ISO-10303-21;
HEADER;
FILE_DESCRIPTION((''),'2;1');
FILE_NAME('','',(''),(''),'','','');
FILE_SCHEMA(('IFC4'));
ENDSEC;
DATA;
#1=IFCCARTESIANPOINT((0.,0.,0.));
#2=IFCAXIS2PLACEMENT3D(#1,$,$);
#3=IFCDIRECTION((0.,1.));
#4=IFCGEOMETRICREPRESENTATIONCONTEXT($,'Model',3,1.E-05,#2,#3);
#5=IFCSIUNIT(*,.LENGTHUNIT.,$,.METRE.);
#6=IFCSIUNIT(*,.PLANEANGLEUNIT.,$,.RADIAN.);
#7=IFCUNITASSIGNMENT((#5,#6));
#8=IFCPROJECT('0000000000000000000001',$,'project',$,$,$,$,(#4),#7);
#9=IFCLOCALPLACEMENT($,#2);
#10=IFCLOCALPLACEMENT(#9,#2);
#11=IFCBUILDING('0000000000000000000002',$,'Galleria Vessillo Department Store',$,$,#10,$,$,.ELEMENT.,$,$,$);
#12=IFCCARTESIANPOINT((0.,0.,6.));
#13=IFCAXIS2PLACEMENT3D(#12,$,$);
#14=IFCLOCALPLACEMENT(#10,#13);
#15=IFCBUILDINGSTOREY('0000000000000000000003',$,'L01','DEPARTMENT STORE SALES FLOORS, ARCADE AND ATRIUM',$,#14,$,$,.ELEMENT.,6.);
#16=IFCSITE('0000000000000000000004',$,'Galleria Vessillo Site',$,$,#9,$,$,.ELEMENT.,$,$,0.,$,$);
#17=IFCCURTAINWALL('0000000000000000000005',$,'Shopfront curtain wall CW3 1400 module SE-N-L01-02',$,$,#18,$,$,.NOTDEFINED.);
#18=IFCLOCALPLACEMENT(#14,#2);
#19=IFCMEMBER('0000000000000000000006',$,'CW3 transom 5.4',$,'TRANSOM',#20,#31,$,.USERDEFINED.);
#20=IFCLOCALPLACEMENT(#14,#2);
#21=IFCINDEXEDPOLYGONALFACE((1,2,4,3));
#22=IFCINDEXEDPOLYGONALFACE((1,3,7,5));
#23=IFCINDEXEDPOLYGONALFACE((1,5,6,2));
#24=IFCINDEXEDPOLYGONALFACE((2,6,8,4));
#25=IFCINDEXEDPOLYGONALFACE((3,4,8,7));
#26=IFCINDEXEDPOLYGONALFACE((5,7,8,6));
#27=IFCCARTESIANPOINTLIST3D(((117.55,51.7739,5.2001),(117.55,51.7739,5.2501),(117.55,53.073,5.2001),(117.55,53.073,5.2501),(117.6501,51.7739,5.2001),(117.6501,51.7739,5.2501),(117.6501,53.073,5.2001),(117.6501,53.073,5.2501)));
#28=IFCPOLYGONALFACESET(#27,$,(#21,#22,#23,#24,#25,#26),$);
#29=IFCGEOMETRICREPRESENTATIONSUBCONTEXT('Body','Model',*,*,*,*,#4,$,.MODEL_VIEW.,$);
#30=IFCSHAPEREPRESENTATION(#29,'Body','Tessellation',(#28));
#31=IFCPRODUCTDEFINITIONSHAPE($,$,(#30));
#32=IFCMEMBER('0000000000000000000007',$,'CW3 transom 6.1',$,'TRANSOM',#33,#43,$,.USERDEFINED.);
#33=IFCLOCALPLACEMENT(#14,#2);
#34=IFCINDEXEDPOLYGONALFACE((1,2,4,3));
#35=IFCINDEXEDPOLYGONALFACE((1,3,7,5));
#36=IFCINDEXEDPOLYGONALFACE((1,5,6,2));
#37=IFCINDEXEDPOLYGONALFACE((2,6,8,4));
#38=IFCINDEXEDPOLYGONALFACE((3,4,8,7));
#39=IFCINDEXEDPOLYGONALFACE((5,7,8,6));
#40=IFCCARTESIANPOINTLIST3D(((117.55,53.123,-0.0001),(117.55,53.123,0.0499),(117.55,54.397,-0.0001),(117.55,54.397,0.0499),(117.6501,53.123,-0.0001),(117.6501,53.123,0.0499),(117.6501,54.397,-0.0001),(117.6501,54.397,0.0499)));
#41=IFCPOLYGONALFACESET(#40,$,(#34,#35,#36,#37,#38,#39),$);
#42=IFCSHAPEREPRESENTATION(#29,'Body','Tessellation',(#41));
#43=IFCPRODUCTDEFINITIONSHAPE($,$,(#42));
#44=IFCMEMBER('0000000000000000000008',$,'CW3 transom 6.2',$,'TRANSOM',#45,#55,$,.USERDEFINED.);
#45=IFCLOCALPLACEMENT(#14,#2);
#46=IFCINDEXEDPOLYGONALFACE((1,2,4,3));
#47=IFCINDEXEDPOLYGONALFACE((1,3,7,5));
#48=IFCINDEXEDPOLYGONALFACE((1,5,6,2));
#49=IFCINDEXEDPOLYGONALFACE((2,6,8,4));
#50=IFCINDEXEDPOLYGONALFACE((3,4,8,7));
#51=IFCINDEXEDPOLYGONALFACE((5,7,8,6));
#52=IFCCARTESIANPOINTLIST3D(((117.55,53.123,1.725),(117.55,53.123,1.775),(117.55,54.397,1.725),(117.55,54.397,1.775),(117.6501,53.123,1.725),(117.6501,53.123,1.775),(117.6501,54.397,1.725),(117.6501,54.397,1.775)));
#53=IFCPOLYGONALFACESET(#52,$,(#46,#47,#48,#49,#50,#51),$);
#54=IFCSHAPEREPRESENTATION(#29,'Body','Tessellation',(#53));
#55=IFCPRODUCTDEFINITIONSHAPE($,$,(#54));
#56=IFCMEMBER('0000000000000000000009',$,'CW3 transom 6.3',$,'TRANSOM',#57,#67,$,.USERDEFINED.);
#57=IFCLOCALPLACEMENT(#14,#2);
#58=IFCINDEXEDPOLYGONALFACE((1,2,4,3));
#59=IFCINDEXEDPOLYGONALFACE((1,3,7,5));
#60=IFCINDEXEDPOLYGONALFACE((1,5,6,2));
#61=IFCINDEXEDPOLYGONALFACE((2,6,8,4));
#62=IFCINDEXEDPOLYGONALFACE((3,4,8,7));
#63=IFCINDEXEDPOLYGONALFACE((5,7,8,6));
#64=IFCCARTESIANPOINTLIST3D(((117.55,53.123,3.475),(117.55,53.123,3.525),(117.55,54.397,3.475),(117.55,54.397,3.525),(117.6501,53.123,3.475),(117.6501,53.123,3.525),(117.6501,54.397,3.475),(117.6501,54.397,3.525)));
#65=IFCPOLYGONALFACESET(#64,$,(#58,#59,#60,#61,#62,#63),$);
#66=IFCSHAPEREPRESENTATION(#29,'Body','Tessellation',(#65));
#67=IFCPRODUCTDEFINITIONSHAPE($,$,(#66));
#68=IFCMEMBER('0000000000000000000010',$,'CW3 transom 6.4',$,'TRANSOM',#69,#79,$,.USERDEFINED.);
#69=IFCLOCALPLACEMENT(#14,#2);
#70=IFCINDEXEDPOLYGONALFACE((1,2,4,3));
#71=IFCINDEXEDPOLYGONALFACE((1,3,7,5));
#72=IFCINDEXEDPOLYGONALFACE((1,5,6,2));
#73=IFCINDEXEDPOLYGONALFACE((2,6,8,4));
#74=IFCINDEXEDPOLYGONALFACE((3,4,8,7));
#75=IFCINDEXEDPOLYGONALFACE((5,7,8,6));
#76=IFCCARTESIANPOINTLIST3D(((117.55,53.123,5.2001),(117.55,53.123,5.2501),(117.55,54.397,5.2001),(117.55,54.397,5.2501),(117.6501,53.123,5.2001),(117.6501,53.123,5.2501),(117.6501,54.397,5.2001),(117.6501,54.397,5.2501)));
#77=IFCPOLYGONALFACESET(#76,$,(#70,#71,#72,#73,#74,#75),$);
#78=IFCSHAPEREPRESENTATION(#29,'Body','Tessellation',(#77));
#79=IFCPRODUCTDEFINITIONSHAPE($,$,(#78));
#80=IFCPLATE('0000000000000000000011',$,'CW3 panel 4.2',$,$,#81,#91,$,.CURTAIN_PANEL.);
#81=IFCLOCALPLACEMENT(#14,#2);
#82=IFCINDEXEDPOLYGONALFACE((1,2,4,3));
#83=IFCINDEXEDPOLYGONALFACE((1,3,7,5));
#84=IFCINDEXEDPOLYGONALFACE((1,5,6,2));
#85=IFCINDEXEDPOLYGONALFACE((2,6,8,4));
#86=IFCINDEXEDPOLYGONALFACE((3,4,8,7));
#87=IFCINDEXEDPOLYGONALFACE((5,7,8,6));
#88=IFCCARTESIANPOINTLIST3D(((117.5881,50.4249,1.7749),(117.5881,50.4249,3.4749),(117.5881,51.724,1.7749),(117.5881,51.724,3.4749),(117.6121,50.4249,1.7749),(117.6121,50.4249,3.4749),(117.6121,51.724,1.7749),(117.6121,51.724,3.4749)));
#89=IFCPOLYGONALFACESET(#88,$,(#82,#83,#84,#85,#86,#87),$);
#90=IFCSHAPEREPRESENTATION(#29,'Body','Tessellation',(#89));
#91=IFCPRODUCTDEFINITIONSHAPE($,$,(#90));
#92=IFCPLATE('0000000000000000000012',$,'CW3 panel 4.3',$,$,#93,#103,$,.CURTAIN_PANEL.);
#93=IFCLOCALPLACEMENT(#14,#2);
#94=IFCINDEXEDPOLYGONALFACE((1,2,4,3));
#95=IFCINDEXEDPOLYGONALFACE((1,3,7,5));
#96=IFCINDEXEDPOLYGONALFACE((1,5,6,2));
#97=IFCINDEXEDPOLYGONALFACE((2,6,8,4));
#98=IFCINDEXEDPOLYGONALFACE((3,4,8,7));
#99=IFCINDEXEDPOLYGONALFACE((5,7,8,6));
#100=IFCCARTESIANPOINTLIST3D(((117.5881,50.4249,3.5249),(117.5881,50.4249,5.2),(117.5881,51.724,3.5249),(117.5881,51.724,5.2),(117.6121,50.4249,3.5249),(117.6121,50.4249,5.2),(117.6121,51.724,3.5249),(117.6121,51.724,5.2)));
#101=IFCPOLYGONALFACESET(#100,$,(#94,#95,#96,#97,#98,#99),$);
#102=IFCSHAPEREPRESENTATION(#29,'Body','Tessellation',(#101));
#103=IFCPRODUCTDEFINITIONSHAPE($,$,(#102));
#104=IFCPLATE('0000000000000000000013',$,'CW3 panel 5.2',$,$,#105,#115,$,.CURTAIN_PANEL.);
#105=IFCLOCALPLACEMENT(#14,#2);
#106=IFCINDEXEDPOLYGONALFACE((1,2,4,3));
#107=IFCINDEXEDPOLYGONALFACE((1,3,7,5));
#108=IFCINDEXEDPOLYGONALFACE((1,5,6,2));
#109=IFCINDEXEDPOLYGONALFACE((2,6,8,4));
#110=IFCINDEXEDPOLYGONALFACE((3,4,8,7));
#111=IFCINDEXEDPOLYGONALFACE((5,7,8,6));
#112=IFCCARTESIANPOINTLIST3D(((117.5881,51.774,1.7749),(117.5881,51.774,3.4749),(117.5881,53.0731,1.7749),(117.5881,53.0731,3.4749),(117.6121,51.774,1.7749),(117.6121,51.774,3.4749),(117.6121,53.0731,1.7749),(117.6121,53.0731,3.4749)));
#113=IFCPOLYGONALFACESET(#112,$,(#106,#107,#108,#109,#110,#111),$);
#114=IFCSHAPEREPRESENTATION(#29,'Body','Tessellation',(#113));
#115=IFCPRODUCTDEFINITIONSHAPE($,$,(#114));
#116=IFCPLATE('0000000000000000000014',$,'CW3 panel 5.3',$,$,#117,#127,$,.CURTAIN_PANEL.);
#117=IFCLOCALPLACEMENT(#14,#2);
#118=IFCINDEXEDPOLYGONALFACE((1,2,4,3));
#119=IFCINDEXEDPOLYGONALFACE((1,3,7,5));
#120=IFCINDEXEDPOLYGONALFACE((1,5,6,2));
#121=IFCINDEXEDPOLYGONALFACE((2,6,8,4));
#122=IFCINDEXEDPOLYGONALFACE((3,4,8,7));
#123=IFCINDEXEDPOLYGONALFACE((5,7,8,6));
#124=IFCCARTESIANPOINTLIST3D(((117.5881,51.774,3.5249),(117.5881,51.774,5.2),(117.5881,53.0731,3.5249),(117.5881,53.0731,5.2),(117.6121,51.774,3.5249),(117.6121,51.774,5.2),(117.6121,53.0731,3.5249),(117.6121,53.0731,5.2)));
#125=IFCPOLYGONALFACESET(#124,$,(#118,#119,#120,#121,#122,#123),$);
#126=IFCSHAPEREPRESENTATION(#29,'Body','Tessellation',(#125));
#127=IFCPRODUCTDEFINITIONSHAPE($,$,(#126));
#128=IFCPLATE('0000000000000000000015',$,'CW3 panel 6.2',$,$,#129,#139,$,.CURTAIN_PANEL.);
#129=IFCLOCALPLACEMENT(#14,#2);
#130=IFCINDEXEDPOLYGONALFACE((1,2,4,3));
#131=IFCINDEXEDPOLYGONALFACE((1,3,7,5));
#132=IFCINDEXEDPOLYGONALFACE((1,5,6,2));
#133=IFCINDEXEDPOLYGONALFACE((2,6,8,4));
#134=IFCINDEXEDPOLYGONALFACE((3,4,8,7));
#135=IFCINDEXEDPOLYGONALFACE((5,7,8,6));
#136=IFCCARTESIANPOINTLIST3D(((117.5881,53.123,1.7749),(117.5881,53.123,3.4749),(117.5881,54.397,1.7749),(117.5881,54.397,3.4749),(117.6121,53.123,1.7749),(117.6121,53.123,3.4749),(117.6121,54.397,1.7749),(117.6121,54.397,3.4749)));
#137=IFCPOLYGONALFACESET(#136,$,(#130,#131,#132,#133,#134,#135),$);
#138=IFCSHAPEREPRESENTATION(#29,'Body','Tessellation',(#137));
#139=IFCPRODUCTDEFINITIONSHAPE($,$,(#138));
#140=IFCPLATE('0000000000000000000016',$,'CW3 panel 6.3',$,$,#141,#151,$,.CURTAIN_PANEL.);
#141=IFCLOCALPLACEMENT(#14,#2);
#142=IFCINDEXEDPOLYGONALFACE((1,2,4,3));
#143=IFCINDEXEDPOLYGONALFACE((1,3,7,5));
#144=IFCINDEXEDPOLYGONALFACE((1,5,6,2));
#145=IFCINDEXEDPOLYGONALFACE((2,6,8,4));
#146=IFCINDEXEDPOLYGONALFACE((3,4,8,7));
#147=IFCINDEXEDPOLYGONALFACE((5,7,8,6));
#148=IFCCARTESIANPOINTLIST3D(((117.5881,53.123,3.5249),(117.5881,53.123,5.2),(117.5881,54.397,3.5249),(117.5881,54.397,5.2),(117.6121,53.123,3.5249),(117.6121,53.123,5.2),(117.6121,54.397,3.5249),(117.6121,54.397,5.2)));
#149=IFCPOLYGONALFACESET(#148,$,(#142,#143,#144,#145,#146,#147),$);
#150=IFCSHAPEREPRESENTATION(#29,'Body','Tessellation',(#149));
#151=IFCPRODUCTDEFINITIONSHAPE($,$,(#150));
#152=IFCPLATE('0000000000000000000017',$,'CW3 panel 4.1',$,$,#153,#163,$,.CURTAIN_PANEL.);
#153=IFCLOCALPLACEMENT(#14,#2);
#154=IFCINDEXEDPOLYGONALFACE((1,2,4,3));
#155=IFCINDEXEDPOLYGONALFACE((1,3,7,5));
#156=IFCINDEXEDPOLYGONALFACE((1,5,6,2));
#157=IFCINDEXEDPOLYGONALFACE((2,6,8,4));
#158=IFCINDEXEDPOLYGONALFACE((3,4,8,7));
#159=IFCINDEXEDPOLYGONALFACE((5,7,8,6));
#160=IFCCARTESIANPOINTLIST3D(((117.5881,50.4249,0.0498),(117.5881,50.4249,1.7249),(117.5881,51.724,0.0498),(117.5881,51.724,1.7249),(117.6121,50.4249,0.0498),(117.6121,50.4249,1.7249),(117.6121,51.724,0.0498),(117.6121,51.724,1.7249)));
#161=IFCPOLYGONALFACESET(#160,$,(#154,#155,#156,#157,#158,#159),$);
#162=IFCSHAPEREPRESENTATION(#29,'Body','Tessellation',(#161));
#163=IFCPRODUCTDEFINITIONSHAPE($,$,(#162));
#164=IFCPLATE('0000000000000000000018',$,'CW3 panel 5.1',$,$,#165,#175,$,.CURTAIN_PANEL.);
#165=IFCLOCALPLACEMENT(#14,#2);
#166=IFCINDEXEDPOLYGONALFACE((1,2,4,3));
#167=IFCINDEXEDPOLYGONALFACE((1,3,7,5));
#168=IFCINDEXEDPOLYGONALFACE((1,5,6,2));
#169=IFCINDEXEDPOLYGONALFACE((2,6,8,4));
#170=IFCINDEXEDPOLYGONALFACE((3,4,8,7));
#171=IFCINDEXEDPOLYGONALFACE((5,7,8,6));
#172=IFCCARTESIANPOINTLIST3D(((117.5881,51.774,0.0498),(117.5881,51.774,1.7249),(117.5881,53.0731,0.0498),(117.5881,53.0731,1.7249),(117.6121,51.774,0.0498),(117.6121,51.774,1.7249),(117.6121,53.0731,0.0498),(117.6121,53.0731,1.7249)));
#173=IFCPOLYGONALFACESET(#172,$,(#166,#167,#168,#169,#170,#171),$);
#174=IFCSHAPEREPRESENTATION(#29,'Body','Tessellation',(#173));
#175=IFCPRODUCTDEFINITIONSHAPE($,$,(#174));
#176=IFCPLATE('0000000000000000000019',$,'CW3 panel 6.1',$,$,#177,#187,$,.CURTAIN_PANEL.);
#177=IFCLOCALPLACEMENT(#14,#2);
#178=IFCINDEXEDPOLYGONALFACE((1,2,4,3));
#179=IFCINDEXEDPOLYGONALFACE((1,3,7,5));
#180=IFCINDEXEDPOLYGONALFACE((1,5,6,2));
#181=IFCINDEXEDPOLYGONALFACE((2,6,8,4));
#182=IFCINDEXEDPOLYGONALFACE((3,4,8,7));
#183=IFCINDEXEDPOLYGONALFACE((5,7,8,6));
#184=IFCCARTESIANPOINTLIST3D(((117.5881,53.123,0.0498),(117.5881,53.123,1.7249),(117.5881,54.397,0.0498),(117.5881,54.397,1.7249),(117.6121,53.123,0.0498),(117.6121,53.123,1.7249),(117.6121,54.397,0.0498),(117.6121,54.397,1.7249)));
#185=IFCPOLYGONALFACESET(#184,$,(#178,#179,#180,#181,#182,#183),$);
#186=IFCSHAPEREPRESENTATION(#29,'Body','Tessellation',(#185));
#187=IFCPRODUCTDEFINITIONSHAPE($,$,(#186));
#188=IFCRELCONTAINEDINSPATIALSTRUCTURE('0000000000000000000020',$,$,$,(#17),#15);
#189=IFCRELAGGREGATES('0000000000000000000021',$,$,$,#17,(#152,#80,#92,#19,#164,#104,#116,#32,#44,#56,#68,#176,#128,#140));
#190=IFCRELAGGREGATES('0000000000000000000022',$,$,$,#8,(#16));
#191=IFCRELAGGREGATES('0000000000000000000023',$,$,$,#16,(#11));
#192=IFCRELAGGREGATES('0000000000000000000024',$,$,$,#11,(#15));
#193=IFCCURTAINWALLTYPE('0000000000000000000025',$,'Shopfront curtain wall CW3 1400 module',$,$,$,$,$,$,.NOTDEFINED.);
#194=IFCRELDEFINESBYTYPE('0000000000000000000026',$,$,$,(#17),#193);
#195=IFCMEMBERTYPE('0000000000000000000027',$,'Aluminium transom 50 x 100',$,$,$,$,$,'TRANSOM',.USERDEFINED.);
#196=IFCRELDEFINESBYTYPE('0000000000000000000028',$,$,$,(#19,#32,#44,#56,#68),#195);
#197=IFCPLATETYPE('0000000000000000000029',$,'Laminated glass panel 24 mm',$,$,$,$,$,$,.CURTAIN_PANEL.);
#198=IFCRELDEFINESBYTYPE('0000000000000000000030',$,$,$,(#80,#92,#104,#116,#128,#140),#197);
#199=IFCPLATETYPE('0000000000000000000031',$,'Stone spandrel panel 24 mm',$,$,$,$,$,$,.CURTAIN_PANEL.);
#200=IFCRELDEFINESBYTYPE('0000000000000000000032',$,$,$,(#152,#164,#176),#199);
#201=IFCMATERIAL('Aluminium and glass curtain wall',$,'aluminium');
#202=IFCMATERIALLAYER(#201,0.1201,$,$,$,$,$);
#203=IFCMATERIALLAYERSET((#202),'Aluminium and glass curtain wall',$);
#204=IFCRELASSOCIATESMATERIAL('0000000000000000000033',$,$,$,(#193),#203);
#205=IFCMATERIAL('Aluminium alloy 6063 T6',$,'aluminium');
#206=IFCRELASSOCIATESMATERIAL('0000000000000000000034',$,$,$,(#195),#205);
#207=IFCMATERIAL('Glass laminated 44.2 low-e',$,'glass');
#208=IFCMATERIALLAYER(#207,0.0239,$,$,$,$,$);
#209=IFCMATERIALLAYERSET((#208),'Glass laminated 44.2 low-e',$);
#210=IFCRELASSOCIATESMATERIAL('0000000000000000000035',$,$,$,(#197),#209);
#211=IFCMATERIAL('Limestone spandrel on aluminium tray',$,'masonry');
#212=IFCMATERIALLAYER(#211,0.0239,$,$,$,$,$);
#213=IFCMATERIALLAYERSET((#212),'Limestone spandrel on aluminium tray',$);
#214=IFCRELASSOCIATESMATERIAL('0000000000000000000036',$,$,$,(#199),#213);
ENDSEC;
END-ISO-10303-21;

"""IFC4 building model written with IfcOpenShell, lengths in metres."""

from ifc_helpers import new_model, si_unit, direction, frame, origin, origin_2d, place, context, subcontext, project, spatial, rectangle, extrude, material, layer, layer_set, material_profile, profile_set, type_object, element, aggregate, save


model = new_model("IFC4")

# Units and contexts
model_context = context("Model", 3, precision=1e-05, world=origin(), true_north=direction((0.0, 1.0)))
body_context = subcontext(model_context, "Body", "Model", "MODEL_VIEW")
ifc_project = project(units=[si_unit("LENGTHUNIT", "METRE"), si_unit("PLANEANGLEUNIT", "RADIAN")], contexts=[model_context])

# Site, building, storey
site_placement = place(None, origin())
site = spatial("IfcSite", under=ifc_project, at=site_placement, Name="Galleria Vessillo Site", CompositionType="ELEMENT", RefElevation=0.0)
building_placement = place(site_placement, origin())
building = spatial("IfcBuilding", under=site, at=building_placement, Name="Galleria Vessillo Department Store", CompositionType="ELEMENT")
storey_placement = place(building_placement, frame((0.0, 0.0, 6.0)))
storey = spatial("IfcBuildingStorey", under=building, at=storey_placement, Name="L01", Description="DEPARTMENT STORE SALES FLOORS, ARCADE AND ATRIUM", CompositionType="ELEMENT", Elevation=6.0)

# Curtain wall, members, plates
ifc_material_1 = material(Name="Aluminium and glass curtain wall", Category="aluminium")
ifc_layer_1 = layer(ifc_material_1, 0.1201)
ifc_layer_set_1 = layer_set([ifc_layer_1], Name="Aluminium and glass curtain wall")
curtain_wall_type = type_object("IfcCurtainWallType", Name="Shopfront curtain wall CW3 1400 module", PredefinedType="NOTDEFINED", material=ifc_layer_set_1)
curtain_wall_placement = place(storey_placement, origin())
curtain_wall = element("IfcCurtainWall", 1, at=curtain_wall_placement, inside=storey, type_object=curtain_wall_type, Name="Shopfront curtain wall CW3 1400 module SE-N-L01-02", PredefinedType="NOTDEFINED")
ifc_material_2 = material(Name="Aluminium alloy 6063 T6", Category="aluminium")
ifc_material_profile_1 = material_profile(ifc_material_2, rectangle(XDim=0.1001, YDim=0.05, at=origin_2d()), Name="AL 50x100")
ifc_profile_set_1 = profile_set([ifc_material_profile_1], Name="Aluminium alloy 6063 T6")
member_type_1 = type_object("IfcMemberType", Name="Aluminium transom 50 x 100", ElementType="TRANSOM", PredefinedType="USERDEFINED", material=ifc_profile_set_1)
member_1_placement = place(storey_placement, frame((117.6001, 51.7739, 5.2251), z_axis=(0.0, 1.0, 0.0), x_axis=(-1.0, 0.0, 0.0)))
member_1 = element("IfcMember", 2, at=member_1_placement, type_object=member_type_1, Name="CW3 transom 5.4", ObjectType="TRANSOM", PredefinedType="USERDEFINED", context=body_context, shape_type="SweptSolid", body=[
    extrude(rectangle(XDim=0.1001, YDim=0.05, at=origin_2d()), origin(), (0.0, 0.0, 1.0), 1.2991),
])
member_2_placement = place(storey_placement, frame((117.6001, 53.123, 0.0249), z_axis=(0.0, 1.0, 0.0), x_axis=(-1.0, 0.0, 0.0)))
member_2 = element("IfcMember", 3, at=member_2_placement, type_object=member_type_1, Name="CW3 transom 6.1", ObjectType="TRANSOM", PredefinedType="USERDEFINED", context=body_context, shape_type="SweptSolid", body=[
    extrude(rectangle(XDim=0.1001, YDim=0.05, at=origin_2d()), origin(), (0.0, 0.0, 1.0), 1.2739),
])
member_3_placement = place(storey_placement, frame((117.6001, 53.123, 1.75), z_axis=(0.0, 1.0, 0.0), x_axis=(-1.0, 0.0, 0.0)))
member_3 = element("IfcMember", 4, at=member_3_placement, type_object=member_type_1, Name="CW3 transom 6.2", ObjectType="TRANSOM", PredefinedType="USERDEFINED", context=body_context, shape_type="SweptSolid", body=[
    extrude(rectangle(XDim=0.1001, YDim=0.05, at=origin_2d()), origin(), (0.0, 0.0, 1.0), 1.2739),
])
member_4_placement = place(storey_placement, frame((117.6001, 53.123, 3.5), z_axis=(0.0, 1.0, 0.0), x_axis=(-1.0, 0.0, 0.0)))
member_4 = element("IfcMember", 5, at=member_4_placement, type_object=member_type_1, Name="CW3 transom 6.3", ObjectType="TRANSOM", PredefinedType="USERDEFINED", context=body_context, shape_type="SweptSolid", body=[
    extrude(rectangle(XDim=0.1001, YDim=0.05, at=origin_2d()), origin(), (0.0, 0.0, 1.0), 1.2739),
])
member_5_placement = place(storey_placement, frame((117.6001, 53.123, 5.2251), z_axis=(0.0, 1.0, 0.0), x_axis=(-1.0, 0.0, 0.0)))
member_5 = element("IfcMember", 6, at=member_5_placement, type_object=member_type_1, Name="CW3 transom 6.4", ObjectType="TRANSOM", PredefinedType="USERDEFINED", context=body_context, shape_type="SweptSolid", body=[
    extrude(rectangle(XDim=0.1001, YDim=0.05, at=origin_2d()), origin(), (0.0, 0.0, 1.0), 1.2739),
])
ifc_material_3 = material(Name="Glass laminated 44.2 low-e", Category="glass")
ifc_layer_2 = layer(ifc_material_3, 0.0239)
ifc_layer_set_2 = layer_set([ifc_layer_2], Name="Glass laminated 44.2 low-e")
plate_type_1 = type_object("IfcPlateType", Name="Laminated glass panel 24 mm", PredefinedType="CURTAIN_PANEL", material=ifc_layer_set_2)
plate_1_placement = place(storey_placement, frame((117.6001, 51.0745, 1.7749), z_axis=(0.0, 0.0, 1.0), x_axis=(0.0, 1.0, 0.0)))
plate_1 = element("IfcPlate", 7, at=plate_1_placement, type_object=plate_type_1, Name="CW3 panel 4.2", PredefinedType="CURTAIN_PANEL", context=body_context, shape_type="SweptSolid", body=[
    extrude(rectangle(XDim=1.2991, YDim=0.0239, at=origin_2d()), origin(), (0.0, 0.0, 1.0), 1.7),
])
plate_2_placement = place(storey_placement, frame((117.6001, 51.0745, 3.5249), z_axis=(0.0, 0.0, 1.0), x_axis=(0.0, 1.0, 0.0)))
plate_2 = element("IfcPlate", 8, at=plate_2_placement, type_object=plate_type_1, Name="CW3 panel 4.3", PredefinedType="CURTAIN_PANEL", context=body_context, shape_type="SweptSolid", body=[
    extrude(rectangle(XDim=1.2991, YDim=0.0239, at=origin_2d()), origin(), (0.0, 0.0, 1.0), 1.675),
])
plate_3_placement = place(storey_placement, frame((117.6001, 52.4236, 1.7749), z_axis=(0.0, 0.0, 1.0), x_axis=(0.0, 1.0, 0.0)))
plate_3 = element("IfcPlate", 9, at=plate_3_placement, type_object=plate_type_1, Name="CW3 panel 5.2", PredefinedType="CURTAIN_PANEL", context=body_context, shape_type="SweptSolid", body=[
    extrude(rectangle(XDim=1.2991, YDim=0.0239, at=origin_2d()), origin(), (0.0, 0.0, 1.0), 1.7),
])
plate_4_placement = place(storey_placement, frame((117.6001, 52.4236, 3.5249), z_axis=(0.0, 0.0, 1.0), x_axis=(0.0, 1.0, 0.0)))
plate_4 = element("IfcPlate", 10, at=plate_4_placement, type_object=plate_type_1, Name="CW3 panel 5.3", PredefinedType="CURTAIN_PANEL", context=body_context, shape_type="SweptSolid", body=[
    extrude(rectangle(XDim=1.2991, YDim=0.0239, at=origin_2d()), origin(), (0.0, 0.0, 1.0), 1.675),
])
plate_5_placement = place(storey_placement, frame((117.6001, 53.76, 1.7749), z_axis=(0.0, 0.0, 1.0), x_axis=(0.0, 1.0, 0.0)))
plate_5 = element("IfcPlate", 11, at=plate_5_placement, type_object=plate_type_1, Name="CW3 panel 6.2", PredefinedType="CURTAIN_PANEL", context=body_context, shape_type="SweptSolid", body=[
    extrude(rectangle(XDim=1.2739, YDim=0.0239, at=origin_2d()), origin(), (0.0, 0.0, 1.0), 1.7),
])
plate_6_placement = place(storey_placement, frame((117.6001, 53.76, 3.5249), z_axis=(0.0, 0.0, 1.0), x_axis=(0.0, 1.0, 0.0)))
plate_6 = element("IfcPlate", 12, at=plate_6_placement, type_object=plate_type_1, Name="CW3 panel 6.3", PredefinedType="CURTAIN_PANEL", context=body_context, shape_type="SweptSolid", body=[
    extrude(rectangle(XDim=1.2739, YDim=0.0239, at=origin_2d()), origin(), (0.0, 0.0, 1.0), 1.675),
])
ifc_material_4 = material(Name="Limestone spandrel on aluminium tray", Category="masonry")
ifc_layer_3 = layer(ifc_material_4, 0.0239)
ifc_layer_set_3 = layer_set([ifc_layer_3], Name="Limestone spandrel on aluminium tray")
plate_type_2 = type_object("IfcPlateType", Name="Stone spandrel panel 24 mm", PredefinedType="CURTAIN_PANEL", material=ifc_layer_set_3)
plate_7_placement = place(storey_placement, frame((117.6001, 51.0745, 0.0498), z_axis=(0.0, 0.0, 1.0), x_axis=(0.0, 1.0, 0.0)))
plate_7 = element("IfcPlate", 13, at=plate_7_placement, type_object=plate_type_2, Name="CW3 panel 4.1", PredefinedType="CURTAIN_PANEL", context=body_context, shape_type="SweptSolid", body=[
    extrude(rectangle(XDim=1.2991, YDim=0.0239, at=origin_2d()), origin(), (0.0, 0.0, 1.0), 1.675),
])
plate_8_placement = place(storey_placement, frame((117.6001, 52.4236, 0.0498), z_axis=(0.0, 0.0, 1.0), x_axis=(0.0, 1.0, 0.0)))
plate_8 = element("IfcPlate", 14, at=plate_8_placement, type_object=plate_type_2, Name="CW3 panel 5.1", PredefinedType="CURTAIN_PANEL", context=body_context, shape_type="SweptSolid", body=[
    extrude(rectangle(XDim=1.2991, YDim=0.0239, at=origin_2d()), origin(), (0.0, 0.0, 1.0), 1.675),
])
plate_9_placement = place(storey_placement, frame((117.6001, 53.76, 0.0498), z_axis=(0.0, 0.0, 1.0), x_axis=(0.0, 1.0, 0.0)))
plate_9 = element("IfcPlate", 15, at=plate_9_placement, type_object=plate_type_2, Name="CW3 panel 6.1", PredefinedType="CURTAIN_PANEL", context=body_context, shape_type="SweptSolid", body=[
    extrude(rectangle(XDim=1.2739, YDim=0.0239, at=origin_2d()), origin(), (0.0, 0.0, 1.0), 1.675),
])
aggregate(curtain_wall, [plate_7, plate_1, plate_2, member_1, plate_8, plate_3, plate_4, member_2, member_3, member_4, member_5, plate_9, plate_5, plate_6])

save(model, "model.ifc")
